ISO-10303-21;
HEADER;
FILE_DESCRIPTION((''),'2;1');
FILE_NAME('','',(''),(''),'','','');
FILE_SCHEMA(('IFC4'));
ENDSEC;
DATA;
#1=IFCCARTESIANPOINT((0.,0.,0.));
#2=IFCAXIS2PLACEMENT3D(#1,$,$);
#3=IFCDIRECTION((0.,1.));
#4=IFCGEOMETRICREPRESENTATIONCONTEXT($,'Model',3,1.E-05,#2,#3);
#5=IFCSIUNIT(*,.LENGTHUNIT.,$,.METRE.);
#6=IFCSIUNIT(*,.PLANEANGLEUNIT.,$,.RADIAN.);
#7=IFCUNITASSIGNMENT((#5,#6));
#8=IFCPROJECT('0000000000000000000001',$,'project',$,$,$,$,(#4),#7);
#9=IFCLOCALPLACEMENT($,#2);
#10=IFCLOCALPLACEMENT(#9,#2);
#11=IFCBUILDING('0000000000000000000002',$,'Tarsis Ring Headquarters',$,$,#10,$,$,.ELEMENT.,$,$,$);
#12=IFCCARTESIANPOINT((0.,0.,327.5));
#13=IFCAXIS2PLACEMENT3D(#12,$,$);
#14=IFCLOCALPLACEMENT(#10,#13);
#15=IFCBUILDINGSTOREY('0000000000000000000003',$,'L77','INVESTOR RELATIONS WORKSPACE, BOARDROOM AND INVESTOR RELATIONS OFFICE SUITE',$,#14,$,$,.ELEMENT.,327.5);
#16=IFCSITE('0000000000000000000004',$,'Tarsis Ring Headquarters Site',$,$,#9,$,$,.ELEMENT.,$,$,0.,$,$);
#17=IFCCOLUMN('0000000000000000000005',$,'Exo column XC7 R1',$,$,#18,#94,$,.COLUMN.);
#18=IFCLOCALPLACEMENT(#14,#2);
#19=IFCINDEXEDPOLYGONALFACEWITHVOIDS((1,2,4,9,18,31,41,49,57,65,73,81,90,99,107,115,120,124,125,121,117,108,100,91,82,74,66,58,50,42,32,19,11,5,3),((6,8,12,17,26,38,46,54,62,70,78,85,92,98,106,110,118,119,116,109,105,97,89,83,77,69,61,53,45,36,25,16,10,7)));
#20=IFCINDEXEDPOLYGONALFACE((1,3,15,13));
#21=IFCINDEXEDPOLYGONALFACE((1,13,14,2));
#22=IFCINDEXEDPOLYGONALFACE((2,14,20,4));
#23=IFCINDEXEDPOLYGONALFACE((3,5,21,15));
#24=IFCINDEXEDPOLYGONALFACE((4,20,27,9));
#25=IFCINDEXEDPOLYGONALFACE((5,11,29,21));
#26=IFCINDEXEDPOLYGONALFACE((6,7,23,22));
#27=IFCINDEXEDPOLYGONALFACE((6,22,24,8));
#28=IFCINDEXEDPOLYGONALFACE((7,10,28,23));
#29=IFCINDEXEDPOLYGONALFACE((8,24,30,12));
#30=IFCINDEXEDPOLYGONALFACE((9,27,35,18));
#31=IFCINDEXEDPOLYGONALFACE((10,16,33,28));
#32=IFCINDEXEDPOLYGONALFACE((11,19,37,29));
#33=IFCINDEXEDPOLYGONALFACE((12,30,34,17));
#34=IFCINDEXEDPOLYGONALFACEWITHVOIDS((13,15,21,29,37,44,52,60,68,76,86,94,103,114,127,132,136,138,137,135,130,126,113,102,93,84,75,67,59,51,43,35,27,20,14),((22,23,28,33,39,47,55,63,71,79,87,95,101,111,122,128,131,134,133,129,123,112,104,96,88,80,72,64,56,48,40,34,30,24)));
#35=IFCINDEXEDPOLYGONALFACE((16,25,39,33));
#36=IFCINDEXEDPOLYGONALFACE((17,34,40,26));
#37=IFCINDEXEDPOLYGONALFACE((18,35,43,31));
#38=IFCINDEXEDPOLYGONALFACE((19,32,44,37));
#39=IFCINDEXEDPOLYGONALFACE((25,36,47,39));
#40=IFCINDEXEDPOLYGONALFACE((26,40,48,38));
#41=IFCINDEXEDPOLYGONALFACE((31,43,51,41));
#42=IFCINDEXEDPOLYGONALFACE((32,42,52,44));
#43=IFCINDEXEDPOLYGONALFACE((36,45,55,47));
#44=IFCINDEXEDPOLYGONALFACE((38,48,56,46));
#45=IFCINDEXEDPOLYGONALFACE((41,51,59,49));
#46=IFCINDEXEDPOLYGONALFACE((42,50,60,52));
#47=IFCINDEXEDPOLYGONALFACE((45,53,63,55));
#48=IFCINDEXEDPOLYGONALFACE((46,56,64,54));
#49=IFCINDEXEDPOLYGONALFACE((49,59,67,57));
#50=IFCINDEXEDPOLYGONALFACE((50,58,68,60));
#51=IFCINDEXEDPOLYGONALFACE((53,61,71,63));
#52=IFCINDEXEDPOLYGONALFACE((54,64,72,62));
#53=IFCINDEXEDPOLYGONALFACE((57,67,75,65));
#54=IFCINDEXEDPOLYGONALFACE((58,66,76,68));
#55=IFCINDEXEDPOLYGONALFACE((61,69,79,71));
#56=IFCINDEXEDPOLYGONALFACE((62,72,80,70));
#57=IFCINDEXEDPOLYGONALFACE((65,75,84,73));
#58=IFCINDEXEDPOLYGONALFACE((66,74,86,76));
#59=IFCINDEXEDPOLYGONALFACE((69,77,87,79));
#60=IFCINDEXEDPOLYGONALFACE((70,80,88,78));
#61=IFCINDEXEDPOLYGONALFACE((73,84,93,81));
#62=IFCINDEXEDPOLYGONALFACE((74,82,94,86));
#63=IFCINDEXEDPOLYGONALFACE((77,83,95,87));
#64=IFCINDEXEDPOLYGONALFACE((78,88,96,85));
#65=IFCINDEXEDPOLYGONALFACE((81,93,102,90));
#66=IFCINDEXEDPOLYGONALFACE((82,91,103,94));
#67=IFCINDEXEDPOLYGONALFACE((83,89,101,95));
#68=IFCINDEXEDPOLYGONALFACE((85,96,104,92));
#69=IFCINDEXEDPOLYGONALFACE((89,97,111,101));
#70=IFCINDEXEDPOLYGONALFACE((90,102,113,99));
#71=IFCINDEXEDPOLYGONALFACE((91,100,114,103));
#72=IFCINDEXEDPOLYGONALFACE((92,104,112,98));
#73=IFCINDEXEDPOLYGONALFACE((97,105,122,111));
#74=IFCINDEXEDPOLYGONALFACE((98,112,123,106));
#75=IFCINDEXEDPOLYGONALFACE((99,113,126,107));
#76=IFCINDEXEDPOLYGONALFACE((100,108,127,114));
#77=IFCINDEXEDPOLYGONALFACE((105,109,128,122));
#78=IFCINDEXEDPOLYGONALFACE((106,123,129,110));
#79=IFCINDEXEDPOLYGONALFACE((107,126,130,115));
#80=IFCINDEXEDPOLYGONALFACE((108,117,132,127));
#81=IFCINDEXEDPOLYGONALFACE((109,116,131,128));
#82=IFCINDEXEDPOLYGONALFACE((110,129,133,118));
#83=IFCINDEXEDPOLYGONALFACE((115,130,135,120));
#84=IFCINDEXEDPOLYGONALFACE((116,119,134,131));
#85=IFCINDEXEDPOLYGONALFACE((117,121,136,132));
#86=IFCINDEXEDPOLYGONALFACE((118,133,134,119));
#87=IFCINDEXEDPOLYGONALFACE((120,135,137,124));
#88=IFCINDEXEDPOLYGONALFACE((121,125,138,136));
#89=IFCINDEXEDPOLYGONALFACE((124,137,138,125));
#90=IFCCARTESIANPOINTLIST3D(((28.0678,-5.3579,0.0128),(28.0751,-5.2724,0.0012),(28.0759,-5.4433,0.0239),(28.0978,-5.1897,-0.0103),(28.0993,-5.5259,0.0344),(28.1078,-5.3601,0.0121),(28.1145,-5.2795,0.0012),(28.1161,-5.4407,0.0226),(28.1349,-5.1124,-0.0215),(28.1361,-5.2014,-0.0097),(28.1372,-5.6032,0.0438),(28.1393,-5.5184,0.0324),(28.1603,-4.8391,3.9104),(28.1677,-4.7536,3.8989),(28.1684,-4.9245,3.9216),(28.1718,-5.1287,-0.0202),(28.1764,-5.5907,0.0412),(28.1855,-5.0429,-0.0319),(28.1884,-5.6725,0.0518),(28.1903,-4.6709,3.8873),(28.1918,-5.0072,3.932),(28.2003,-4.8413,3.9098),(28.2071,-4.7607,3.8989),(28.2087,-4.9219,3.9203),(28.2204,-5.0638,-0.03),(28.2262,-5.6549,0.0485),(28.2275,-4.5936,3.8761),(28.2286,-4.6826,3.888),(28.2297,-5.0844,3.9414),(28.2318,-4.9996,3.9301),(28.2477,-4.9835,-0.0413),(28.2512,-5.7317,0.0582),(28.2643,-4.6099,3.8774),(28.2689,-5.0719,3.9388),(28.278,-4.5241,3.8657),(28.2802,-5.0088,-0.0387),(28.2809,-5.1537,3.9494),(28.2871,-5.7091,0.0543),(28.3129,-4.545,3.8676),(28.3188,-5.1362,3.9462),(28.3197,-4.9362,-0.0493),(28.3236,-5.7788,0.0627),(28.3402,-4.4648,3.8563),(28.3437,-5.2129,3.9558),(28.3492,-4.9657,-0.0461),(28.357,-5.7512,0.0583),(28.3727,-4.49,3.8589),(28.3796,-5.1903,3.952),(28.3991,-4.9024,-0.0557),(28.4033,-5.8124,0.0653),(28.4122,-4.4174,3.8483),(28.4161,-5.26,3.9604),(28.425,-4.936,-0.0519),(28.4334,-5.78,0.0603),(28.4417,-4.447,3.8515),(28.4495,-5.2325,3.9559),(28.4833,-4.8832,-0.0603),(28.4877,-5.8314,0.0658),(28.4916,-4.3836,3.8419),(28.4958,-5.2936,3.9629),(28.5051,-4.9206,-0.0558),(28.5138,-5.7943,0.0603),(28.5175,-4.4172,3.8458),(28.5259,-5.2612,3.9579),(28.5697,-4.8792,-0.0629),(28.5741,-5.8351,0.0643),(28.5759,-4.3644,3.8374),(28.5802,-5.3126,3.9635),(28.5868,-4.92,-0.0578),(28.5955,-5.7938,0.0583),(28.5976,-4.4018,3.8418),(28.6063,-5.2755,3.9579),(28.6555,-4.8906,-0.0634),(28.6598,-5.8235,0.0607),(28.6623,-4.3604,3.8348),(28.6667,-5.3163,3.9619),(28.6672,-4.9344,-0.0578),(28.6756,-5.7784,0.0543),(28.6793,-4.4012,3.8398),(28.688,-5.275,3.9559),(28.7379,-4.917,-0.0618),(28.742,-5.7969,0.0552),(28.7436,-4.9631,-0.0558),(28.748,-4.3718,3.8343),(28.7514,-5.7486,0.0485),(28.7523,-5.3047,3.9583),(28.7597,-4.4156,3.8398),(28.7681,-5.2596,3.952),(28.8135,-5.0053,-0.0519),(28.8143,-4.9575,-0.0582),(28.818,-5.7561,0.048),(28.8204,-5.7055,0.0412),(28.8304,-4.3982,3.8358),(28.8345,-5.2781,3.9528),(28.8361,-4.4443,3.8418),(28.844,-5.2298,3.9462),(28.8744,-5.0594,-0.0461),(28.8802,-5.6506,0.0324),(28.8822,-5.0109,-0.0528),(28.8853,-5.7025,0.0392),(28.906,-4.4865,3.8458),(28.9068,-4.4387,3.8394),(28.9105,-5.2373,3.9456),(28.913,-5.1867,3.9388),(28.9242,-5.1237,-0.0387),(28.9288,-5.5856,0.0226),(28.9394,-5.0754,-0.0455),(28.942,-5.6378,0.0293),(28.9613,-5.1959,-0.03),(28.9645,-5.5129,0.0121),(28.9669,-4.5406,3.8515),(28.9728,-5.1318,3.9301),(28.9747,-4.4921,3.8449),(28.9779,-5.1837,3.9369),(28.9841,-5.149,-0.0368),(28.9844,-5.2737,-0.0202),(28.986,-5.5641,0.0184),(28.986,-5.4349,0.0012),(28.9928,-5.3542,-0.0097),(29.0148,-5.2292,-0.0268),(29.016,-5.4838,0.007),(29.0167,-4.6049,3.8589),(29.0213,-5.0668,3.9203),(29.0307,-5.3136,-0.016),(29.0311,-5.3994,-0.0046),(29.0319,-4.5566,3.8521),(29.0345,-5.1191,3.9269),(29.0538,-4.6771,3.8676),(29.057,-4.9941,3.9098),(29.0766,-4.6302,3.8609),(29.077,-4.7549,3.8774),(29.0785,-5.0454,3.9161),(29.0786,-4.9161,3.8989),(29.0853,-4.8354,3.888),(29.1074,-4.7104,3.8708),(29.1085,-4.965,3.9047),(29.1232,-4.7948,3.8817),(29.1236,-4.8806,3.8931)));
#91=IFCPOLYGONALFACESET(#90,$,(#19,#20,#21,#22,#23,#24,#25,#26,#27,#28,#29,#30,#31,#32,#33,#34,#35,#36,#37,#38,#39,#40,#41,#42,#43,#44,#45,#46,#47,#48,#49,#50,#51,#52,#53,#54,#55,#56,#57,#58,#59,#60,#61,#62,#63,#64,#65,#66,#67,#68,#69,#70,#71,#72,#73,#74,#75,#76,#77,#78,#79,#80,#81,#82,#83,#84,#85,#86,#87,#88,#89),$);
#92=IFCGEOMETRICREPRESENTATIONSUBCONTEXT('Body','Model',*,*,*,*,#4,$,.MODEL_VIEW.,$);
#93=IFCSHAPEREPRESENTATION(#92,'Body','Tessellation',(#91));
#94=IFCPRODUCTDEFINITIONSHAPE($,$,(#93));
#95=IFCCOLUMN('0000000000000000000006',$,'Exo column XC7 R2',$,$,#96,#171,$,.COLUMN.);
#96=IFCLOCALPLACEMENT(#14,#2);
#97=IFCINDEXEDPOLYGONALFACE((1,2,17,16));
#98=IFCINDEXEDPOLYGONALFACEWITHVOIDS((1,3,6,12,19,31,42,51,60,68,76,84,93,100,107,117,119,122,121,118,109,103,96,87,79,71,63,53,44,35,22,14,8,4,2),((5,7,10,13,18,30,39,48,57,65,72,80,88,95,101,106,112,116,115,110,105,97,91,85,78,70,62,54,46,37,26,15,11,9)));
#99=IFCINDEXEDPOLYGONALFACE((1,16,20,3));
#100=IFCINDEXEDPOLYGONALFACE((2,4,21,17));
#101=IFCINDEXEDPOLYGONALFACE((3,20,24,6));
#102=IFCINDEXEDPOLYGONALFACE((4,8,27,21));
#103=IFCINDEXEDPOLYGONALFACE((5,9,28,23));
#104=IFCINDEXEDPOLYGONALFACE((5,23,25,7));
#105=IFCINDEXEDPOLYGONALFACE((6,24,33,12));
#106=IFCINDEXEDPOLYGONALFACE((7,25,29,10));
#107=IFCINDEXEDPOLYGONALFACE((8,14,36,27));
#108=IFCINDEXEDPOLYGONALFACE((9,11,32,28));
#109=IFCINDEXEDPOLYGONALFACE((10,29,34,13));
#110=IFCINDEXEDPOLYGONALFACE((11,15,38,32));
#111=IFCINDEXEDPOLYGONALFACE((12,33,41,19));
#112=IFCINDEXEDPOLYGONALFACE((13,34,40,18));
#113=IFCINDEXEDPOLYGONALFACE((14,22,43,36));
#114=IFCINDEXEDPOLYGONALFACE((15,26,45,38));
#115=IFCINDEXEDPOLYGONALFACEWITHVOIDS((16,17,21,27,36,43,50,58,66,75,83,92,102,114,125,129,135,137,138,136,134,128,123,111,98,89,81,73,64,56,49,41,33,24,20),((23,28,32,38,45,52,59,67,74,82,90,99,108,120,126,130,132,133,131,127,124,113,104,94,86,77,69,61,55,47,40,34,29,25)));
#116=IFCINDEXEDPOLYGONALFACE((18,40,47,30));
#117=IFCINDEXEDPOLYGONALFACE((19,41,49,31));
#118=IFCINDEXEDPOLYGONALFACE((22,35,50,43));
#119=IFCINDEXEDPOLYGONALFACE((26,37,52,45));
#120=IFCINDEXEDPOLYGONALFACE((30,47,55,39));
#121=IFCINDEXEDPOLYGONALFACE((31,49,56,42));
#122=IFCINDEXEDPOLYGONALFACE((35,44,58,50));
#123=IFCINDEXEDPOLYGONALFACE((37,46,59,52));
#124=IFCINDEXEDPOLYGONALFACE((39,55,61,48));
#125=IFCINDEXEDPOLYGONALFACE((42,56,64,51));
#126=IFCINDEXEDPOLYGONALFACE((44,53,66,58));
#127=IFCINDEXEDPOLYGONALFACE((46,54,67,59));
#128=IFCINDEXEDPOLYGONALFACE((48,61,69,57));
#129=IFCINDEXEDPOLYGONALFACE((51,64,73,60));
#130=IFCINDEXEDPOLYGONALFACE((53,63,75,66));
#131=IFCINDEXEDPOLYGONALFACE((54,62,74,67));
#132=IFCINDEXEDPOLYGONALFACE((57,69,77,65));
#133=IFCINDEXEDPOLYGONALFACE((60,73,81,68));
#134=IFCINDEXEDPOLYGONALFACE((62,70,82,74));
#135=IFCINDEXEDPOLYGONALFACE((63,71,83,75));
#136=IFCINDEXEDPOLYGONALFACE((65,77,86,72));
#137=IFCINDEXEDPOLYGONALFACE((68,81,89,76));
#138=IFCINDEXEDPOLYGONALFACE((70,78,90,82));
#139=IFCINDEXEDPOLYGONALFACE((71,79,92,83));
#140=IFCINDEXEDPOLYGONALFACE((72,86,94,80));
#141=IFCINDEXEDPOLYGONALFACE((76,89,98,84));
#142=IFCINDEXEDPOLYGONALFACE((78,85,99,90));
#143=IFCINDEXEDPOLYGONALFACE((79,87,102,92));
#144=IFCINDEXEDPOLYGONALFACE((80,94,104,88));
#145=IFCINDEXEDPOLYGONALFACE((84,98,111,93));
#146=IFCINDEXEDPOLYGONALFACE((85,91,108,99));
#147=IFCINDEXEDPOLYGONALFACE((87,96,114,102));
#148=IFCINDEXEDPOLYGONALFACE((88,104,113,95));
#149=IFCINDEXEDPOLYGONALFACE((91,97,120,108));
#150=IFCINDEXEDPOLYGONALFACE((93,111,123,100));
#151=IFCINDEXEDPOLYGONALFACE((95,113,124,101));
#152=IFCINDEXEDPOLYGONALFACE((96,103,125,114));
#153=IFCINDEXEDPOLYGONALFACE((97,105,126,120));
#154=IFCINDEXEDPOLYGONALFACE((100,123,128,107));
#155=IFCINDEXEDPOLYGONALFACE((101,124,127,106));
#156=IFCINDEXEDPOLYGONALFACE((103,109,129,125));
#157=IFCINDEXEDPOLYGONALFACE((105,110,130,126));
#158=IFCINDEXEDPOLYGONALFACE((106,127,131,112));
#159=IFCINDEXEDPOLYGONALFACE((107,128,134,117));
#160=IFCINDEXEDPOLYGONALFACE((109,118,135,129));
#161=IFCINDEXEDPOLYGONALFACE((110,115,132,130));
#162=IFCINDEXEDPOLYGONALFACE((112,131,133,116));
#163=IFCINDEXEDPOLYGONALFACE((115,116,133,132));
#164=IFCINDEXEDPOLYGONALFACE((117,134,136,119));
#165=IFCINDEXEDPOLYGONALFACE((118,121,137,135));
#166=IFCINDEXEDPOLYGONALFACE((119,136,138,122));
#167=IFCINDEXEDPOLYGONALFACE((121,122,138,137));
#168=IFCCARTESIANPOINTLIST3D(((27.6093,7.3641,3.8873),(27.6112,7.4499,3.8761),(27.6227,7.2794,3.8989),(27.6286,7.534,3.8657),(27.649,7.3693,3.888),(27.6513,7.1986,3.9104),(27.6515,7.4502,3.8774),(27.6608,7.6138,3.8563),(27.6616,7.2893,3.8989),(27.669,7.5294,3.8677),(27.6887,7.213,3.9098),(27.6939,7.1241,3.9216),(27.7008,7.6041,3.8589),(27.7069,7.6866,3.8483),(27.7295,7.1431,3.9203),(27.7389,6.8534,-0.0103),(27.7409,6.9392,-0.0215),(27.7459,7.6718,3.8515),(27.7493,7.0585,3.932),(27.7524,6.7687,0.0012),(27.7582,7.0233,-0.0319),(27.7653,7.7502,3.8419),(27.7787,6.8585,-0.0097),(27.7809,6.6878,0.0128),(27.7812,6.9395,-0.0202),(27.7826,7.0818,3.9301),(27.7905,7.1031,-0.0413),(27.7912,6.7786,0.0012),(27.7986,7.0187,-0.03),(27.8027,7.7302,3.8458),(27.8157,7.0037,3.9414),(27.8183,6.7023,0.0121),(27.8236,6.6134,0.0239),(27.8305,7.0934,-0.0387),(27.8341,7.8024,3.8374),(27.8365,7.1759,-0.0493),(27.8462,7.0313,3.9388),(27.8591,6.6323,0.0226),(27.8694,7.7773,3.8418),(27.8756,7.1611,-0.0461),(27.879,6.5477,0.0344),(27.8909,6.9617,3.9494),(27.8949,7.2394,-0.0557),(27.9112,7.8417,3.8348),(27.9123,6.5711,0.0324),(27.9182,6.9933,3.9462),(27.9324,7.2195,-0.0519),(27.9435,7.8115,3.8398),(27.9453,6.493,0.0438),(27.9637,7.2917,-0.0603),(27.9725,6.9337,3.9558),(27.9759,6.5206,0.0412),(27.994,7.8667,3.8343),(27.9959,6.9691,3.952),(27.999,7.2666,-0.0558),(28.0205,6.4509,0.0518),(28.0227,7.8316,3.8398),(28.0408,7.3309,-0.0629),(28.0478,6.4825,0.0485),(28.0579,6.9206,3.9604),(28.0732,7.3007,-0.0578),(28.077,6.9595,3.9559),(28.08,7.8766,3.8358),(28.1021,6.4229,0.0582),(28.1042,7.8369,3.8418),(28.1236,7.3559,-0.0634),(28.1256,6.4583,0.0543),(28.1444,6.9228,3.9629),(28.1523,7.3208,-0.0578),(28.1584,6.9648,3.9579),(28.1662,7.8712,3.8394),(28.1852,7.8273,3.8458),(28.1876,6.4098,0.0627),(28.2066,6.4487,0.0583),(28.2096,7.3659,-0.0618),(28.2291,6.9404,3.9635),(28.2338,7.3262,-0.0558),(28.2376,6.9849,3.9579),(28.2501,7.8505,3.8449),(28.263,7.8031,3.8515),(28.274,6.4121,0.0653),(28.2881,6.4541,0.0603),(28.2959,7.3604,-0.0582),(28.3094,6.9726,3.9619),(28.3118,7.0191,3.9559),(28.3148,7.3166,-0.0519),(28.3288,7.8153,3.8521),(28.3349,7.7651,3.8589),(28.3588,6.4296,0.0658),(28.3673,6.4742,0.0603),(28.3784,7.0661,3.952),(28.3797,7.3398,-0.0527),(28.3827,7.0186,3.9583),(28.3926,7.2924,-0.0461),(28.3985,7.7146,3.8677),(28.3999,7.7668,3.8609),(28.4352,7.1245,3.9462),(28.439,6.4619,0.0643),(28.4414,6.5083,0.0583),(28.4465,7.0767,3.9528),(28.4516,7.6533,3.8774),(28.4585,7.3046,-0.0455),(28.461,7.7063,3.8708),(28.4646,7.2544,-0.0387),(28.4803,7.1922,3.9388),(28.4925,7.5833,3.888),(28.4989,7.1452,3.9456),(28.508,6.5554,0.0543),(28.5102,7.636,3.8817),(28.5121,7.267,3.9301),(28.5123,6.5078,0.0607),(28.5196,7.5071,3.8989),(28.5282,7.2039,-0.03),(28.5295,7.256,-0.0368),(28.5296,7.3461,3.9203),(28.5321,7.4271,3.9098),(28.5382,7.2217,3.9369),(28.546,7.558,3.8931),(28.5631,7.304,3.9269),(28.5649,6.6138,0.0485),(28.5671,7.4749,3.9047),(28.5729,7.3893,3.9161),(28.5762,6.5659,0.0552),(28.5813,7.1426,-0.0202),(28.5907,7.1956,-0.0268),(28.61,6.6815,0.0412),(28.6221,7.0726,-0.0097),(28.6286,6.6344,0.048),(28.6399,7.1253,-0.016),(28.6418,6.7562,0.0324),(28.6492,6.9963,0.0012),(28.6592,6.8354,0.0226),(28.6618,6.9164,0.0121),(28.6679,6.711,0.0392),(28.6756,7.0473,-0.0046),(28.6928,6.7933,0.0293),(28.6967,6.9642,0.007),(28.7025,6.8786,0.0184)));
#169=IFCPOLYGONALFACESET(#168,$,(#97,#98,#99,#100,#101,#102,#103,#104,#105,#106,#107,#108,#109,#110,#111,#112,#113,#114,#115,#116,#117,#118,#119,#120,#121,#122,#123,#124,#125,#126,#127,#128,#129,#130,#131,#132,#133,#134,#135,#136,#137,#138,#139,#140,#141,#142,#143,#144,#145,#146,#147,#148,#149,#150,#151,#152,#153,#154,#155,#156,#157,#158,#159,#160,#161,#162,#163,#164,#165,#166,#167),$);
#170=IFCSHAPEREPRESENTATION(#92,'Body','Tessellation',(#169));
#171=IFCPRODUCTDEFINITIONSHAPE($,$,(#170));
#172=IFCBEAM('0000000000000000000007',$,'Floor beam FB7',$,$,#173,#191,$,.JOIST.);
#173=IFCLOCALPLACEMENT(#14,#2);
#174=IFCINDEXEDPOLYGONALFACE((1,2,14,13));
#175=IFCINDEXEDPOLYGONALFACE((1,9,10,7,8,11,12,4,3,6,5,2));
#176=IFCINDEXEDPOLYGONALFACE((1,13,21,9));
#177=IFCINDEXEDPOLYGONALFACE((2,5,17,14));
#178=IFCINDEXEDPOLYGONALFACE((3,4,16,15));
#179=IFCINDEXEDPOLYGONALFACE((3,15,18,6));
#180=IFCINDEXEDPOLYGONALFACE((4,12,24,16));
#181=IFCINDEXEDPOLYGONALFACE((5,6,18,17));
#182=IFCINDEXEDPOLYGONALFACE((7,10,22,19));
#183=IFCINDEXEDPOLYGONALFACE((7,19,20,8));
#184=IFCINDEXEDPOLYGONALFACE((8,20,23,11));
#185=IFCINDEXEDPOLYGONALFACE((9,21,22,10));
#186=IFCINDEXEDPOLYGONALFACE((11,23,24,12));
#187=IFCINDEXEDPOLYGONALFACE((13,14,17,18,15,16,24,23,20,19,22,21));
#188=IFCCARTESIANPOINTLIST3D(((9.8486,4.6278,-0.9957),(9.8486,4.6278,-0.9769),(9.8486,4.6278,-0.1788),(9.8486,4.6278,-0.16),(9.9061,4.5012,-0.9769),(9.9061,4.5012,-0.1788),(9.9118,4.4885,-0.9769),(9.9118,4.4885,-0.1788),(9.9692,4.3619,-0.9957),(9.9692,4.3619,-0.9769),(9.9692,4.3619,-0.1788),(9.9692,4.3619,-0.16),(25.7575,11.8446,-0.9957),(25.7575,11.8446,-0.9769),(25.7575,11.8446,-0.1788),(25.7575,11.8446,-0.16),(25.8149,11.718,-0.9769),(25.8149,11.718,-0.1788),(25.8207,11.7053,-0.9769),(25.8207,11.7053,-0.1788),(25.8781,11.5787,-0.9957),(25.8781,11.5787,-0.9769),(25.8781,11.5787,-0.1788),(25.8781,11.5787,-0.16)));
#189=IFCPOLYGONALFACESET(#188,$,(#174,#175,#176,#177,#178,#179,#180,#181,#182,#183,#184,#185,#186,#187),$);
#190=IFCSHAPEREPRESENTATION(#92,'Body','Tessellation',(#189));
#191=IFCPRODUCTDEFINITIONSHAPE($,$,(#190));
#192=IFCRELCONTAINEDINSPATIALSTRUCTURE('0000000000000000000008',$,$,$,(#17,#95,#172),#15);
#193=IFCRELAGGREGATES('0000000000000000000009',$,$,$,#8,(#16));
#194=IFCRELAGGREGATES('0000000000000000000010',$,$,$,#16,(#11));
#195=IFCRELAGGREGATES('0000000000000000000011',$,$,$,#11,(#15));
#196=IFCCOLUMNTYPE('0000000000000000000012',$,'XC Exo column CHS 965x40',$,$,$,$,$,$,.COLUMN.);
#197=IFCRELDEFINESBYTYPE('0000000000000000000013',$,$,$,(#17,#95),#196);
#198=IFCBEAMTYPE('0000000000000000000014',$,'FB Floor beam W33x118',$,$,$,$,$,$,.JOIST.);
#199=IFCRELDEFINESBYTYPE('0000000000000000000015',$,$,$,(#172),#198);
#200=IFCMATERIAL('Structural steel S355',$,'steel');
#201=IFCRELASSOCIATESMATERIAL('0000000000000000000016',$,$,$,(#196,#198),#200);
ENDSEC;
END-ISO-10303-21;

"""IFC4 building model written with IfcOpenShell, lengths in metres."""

from ifc_helpers import new_model, si_unit, direction, frame, origin, origin_2d, place, context, subcontext, project, spatial, hollow_circle, i_section, extrude, material, material_profile, profile_set, type_object, element, save


model = new_model("IFC4")

# Units and contexts
model_context = context("Model", 3, precision=1e-05, world=origin(), true_north=direction((0.0, 1.0)))
body_context = subcontext(model_context, "Body", "Model", "MODEL_VIEW")
ifc_project = project(units=[si_unit("LENGTHUNIT", "METRE"), si_unit("PLANEANGLEUNIT", "RADIAN")], contexts=[model_context])

# Site, building, storey
site_placement = place(None, origin())
site = spatial("IfcSite", under=ifc_project, at=site_placement, Name="Tarsis Ring Headquarters Site", CompositionType="ELEMENT", RefElevation=0.0)
building_placement = place(site_placement, origin())
building = spatial("IfcBuilding", under=site, at=building_placement, Name="Tarsis Ring Headquarters", CompositionType="ELEMENT")
storey_placement = place(building_placement, frame((0.0, 0.0, 327.5)))
storey = spatial("IfcBuildingStorey", under=building, at=storey_placement, Name="L77", Description="INVESTOR RELATIONS WORKSPACE, BOARDROOM AND INVESTOR RELATIONS OFFICE SUITE", CompositionType="ELEMENT", Elevation=327.5)

# Columns
ifc_material_1 = material(Name="Structural steel S355", Category="steel")
ifc_material_profile_1 = material_profile(ifc_material_1, hollow_circle(Radius=0.4827, WallThickness=0.04, at=origin_2d()), Name="CHS 965x40")
ifc_profile_set_1 = profile_set([ifc_material_profile_1], Name="Structural steel S355")
column_type = type_object("IfcColumnType", Name="XC Exo column CHS 965x40", PredefinedType="COLUMN", material=ifc_profile_set_1)
for number, where, z_axis, x_axis, name in (
    (1, (28.5503, -5.3572, 0.0012), (0.023525, 0.131904, 0.990983), (-0.984465, 0.175582, 0.0), "Exo column XC7 R1"),
    (2, (28.2202, 6.8875, 0.0012), (-0.03296, 0.129855, 0.990985), (-0.969264, -0.246023, 0.0), "Exo column XC7 R2"),
):
    element("IfcColumn", number, at=place(storey_placement, frame(where, z_axis=z_axis, x_axis=x_axis)), inside=storey, type_object=column_type, Name=name, PredefinedType="COLUMN", context=body_context, shape_type="SweptSolid", body=[
        extrude(hollow_circle(Radius=0.4827, WallThickness=0.04, at=origin_2d()), origin(), (0.0, 0.0, 1.0), 3.9331),
    ])

# Beam
ifc_material_profile_2 = material_profile(ifc_material_1, i_section(OverallWidth=0.292, OverallDepth=0.8357, WebThickness=0.0139, FlangeThickness=0.0188, at=origin_2d()), Name="W33x118")
ifc_profile_set_2 = profile_set([ifc_material_profile_2], Name="Structural steel S355")
beam_type_1 = type_object("IfcBeamType", Name="FB Floor beam W33x118", PredefinedType="JOIST", material=ifc_profile_set_2)
beam_1_placement = place(storey_placement, frame((9.9089, 4.4949, -0.5779), z_axis=(0.91068, 0.413113, 0.0), x_axis=(-0.413113, 0.91068, 0.0)))
element("IfcBeam", 3, at=beam_1_placement, inside=storey, type_object=beam_type_1, Name="Floor beam FB7", PredefinedType="JOIST", context=body_context, shape_type="SweptSolid", body=[
    extrude(i_section(OverallWidth=0.292, OverallDepth=0.8357, WebThickness=0.0139, FlangeThickness=0.0188, at=origin_2d()), origin(), (0.0, 0.0, 1.0), 17.4692),
])

save(model, "model.ifc")
